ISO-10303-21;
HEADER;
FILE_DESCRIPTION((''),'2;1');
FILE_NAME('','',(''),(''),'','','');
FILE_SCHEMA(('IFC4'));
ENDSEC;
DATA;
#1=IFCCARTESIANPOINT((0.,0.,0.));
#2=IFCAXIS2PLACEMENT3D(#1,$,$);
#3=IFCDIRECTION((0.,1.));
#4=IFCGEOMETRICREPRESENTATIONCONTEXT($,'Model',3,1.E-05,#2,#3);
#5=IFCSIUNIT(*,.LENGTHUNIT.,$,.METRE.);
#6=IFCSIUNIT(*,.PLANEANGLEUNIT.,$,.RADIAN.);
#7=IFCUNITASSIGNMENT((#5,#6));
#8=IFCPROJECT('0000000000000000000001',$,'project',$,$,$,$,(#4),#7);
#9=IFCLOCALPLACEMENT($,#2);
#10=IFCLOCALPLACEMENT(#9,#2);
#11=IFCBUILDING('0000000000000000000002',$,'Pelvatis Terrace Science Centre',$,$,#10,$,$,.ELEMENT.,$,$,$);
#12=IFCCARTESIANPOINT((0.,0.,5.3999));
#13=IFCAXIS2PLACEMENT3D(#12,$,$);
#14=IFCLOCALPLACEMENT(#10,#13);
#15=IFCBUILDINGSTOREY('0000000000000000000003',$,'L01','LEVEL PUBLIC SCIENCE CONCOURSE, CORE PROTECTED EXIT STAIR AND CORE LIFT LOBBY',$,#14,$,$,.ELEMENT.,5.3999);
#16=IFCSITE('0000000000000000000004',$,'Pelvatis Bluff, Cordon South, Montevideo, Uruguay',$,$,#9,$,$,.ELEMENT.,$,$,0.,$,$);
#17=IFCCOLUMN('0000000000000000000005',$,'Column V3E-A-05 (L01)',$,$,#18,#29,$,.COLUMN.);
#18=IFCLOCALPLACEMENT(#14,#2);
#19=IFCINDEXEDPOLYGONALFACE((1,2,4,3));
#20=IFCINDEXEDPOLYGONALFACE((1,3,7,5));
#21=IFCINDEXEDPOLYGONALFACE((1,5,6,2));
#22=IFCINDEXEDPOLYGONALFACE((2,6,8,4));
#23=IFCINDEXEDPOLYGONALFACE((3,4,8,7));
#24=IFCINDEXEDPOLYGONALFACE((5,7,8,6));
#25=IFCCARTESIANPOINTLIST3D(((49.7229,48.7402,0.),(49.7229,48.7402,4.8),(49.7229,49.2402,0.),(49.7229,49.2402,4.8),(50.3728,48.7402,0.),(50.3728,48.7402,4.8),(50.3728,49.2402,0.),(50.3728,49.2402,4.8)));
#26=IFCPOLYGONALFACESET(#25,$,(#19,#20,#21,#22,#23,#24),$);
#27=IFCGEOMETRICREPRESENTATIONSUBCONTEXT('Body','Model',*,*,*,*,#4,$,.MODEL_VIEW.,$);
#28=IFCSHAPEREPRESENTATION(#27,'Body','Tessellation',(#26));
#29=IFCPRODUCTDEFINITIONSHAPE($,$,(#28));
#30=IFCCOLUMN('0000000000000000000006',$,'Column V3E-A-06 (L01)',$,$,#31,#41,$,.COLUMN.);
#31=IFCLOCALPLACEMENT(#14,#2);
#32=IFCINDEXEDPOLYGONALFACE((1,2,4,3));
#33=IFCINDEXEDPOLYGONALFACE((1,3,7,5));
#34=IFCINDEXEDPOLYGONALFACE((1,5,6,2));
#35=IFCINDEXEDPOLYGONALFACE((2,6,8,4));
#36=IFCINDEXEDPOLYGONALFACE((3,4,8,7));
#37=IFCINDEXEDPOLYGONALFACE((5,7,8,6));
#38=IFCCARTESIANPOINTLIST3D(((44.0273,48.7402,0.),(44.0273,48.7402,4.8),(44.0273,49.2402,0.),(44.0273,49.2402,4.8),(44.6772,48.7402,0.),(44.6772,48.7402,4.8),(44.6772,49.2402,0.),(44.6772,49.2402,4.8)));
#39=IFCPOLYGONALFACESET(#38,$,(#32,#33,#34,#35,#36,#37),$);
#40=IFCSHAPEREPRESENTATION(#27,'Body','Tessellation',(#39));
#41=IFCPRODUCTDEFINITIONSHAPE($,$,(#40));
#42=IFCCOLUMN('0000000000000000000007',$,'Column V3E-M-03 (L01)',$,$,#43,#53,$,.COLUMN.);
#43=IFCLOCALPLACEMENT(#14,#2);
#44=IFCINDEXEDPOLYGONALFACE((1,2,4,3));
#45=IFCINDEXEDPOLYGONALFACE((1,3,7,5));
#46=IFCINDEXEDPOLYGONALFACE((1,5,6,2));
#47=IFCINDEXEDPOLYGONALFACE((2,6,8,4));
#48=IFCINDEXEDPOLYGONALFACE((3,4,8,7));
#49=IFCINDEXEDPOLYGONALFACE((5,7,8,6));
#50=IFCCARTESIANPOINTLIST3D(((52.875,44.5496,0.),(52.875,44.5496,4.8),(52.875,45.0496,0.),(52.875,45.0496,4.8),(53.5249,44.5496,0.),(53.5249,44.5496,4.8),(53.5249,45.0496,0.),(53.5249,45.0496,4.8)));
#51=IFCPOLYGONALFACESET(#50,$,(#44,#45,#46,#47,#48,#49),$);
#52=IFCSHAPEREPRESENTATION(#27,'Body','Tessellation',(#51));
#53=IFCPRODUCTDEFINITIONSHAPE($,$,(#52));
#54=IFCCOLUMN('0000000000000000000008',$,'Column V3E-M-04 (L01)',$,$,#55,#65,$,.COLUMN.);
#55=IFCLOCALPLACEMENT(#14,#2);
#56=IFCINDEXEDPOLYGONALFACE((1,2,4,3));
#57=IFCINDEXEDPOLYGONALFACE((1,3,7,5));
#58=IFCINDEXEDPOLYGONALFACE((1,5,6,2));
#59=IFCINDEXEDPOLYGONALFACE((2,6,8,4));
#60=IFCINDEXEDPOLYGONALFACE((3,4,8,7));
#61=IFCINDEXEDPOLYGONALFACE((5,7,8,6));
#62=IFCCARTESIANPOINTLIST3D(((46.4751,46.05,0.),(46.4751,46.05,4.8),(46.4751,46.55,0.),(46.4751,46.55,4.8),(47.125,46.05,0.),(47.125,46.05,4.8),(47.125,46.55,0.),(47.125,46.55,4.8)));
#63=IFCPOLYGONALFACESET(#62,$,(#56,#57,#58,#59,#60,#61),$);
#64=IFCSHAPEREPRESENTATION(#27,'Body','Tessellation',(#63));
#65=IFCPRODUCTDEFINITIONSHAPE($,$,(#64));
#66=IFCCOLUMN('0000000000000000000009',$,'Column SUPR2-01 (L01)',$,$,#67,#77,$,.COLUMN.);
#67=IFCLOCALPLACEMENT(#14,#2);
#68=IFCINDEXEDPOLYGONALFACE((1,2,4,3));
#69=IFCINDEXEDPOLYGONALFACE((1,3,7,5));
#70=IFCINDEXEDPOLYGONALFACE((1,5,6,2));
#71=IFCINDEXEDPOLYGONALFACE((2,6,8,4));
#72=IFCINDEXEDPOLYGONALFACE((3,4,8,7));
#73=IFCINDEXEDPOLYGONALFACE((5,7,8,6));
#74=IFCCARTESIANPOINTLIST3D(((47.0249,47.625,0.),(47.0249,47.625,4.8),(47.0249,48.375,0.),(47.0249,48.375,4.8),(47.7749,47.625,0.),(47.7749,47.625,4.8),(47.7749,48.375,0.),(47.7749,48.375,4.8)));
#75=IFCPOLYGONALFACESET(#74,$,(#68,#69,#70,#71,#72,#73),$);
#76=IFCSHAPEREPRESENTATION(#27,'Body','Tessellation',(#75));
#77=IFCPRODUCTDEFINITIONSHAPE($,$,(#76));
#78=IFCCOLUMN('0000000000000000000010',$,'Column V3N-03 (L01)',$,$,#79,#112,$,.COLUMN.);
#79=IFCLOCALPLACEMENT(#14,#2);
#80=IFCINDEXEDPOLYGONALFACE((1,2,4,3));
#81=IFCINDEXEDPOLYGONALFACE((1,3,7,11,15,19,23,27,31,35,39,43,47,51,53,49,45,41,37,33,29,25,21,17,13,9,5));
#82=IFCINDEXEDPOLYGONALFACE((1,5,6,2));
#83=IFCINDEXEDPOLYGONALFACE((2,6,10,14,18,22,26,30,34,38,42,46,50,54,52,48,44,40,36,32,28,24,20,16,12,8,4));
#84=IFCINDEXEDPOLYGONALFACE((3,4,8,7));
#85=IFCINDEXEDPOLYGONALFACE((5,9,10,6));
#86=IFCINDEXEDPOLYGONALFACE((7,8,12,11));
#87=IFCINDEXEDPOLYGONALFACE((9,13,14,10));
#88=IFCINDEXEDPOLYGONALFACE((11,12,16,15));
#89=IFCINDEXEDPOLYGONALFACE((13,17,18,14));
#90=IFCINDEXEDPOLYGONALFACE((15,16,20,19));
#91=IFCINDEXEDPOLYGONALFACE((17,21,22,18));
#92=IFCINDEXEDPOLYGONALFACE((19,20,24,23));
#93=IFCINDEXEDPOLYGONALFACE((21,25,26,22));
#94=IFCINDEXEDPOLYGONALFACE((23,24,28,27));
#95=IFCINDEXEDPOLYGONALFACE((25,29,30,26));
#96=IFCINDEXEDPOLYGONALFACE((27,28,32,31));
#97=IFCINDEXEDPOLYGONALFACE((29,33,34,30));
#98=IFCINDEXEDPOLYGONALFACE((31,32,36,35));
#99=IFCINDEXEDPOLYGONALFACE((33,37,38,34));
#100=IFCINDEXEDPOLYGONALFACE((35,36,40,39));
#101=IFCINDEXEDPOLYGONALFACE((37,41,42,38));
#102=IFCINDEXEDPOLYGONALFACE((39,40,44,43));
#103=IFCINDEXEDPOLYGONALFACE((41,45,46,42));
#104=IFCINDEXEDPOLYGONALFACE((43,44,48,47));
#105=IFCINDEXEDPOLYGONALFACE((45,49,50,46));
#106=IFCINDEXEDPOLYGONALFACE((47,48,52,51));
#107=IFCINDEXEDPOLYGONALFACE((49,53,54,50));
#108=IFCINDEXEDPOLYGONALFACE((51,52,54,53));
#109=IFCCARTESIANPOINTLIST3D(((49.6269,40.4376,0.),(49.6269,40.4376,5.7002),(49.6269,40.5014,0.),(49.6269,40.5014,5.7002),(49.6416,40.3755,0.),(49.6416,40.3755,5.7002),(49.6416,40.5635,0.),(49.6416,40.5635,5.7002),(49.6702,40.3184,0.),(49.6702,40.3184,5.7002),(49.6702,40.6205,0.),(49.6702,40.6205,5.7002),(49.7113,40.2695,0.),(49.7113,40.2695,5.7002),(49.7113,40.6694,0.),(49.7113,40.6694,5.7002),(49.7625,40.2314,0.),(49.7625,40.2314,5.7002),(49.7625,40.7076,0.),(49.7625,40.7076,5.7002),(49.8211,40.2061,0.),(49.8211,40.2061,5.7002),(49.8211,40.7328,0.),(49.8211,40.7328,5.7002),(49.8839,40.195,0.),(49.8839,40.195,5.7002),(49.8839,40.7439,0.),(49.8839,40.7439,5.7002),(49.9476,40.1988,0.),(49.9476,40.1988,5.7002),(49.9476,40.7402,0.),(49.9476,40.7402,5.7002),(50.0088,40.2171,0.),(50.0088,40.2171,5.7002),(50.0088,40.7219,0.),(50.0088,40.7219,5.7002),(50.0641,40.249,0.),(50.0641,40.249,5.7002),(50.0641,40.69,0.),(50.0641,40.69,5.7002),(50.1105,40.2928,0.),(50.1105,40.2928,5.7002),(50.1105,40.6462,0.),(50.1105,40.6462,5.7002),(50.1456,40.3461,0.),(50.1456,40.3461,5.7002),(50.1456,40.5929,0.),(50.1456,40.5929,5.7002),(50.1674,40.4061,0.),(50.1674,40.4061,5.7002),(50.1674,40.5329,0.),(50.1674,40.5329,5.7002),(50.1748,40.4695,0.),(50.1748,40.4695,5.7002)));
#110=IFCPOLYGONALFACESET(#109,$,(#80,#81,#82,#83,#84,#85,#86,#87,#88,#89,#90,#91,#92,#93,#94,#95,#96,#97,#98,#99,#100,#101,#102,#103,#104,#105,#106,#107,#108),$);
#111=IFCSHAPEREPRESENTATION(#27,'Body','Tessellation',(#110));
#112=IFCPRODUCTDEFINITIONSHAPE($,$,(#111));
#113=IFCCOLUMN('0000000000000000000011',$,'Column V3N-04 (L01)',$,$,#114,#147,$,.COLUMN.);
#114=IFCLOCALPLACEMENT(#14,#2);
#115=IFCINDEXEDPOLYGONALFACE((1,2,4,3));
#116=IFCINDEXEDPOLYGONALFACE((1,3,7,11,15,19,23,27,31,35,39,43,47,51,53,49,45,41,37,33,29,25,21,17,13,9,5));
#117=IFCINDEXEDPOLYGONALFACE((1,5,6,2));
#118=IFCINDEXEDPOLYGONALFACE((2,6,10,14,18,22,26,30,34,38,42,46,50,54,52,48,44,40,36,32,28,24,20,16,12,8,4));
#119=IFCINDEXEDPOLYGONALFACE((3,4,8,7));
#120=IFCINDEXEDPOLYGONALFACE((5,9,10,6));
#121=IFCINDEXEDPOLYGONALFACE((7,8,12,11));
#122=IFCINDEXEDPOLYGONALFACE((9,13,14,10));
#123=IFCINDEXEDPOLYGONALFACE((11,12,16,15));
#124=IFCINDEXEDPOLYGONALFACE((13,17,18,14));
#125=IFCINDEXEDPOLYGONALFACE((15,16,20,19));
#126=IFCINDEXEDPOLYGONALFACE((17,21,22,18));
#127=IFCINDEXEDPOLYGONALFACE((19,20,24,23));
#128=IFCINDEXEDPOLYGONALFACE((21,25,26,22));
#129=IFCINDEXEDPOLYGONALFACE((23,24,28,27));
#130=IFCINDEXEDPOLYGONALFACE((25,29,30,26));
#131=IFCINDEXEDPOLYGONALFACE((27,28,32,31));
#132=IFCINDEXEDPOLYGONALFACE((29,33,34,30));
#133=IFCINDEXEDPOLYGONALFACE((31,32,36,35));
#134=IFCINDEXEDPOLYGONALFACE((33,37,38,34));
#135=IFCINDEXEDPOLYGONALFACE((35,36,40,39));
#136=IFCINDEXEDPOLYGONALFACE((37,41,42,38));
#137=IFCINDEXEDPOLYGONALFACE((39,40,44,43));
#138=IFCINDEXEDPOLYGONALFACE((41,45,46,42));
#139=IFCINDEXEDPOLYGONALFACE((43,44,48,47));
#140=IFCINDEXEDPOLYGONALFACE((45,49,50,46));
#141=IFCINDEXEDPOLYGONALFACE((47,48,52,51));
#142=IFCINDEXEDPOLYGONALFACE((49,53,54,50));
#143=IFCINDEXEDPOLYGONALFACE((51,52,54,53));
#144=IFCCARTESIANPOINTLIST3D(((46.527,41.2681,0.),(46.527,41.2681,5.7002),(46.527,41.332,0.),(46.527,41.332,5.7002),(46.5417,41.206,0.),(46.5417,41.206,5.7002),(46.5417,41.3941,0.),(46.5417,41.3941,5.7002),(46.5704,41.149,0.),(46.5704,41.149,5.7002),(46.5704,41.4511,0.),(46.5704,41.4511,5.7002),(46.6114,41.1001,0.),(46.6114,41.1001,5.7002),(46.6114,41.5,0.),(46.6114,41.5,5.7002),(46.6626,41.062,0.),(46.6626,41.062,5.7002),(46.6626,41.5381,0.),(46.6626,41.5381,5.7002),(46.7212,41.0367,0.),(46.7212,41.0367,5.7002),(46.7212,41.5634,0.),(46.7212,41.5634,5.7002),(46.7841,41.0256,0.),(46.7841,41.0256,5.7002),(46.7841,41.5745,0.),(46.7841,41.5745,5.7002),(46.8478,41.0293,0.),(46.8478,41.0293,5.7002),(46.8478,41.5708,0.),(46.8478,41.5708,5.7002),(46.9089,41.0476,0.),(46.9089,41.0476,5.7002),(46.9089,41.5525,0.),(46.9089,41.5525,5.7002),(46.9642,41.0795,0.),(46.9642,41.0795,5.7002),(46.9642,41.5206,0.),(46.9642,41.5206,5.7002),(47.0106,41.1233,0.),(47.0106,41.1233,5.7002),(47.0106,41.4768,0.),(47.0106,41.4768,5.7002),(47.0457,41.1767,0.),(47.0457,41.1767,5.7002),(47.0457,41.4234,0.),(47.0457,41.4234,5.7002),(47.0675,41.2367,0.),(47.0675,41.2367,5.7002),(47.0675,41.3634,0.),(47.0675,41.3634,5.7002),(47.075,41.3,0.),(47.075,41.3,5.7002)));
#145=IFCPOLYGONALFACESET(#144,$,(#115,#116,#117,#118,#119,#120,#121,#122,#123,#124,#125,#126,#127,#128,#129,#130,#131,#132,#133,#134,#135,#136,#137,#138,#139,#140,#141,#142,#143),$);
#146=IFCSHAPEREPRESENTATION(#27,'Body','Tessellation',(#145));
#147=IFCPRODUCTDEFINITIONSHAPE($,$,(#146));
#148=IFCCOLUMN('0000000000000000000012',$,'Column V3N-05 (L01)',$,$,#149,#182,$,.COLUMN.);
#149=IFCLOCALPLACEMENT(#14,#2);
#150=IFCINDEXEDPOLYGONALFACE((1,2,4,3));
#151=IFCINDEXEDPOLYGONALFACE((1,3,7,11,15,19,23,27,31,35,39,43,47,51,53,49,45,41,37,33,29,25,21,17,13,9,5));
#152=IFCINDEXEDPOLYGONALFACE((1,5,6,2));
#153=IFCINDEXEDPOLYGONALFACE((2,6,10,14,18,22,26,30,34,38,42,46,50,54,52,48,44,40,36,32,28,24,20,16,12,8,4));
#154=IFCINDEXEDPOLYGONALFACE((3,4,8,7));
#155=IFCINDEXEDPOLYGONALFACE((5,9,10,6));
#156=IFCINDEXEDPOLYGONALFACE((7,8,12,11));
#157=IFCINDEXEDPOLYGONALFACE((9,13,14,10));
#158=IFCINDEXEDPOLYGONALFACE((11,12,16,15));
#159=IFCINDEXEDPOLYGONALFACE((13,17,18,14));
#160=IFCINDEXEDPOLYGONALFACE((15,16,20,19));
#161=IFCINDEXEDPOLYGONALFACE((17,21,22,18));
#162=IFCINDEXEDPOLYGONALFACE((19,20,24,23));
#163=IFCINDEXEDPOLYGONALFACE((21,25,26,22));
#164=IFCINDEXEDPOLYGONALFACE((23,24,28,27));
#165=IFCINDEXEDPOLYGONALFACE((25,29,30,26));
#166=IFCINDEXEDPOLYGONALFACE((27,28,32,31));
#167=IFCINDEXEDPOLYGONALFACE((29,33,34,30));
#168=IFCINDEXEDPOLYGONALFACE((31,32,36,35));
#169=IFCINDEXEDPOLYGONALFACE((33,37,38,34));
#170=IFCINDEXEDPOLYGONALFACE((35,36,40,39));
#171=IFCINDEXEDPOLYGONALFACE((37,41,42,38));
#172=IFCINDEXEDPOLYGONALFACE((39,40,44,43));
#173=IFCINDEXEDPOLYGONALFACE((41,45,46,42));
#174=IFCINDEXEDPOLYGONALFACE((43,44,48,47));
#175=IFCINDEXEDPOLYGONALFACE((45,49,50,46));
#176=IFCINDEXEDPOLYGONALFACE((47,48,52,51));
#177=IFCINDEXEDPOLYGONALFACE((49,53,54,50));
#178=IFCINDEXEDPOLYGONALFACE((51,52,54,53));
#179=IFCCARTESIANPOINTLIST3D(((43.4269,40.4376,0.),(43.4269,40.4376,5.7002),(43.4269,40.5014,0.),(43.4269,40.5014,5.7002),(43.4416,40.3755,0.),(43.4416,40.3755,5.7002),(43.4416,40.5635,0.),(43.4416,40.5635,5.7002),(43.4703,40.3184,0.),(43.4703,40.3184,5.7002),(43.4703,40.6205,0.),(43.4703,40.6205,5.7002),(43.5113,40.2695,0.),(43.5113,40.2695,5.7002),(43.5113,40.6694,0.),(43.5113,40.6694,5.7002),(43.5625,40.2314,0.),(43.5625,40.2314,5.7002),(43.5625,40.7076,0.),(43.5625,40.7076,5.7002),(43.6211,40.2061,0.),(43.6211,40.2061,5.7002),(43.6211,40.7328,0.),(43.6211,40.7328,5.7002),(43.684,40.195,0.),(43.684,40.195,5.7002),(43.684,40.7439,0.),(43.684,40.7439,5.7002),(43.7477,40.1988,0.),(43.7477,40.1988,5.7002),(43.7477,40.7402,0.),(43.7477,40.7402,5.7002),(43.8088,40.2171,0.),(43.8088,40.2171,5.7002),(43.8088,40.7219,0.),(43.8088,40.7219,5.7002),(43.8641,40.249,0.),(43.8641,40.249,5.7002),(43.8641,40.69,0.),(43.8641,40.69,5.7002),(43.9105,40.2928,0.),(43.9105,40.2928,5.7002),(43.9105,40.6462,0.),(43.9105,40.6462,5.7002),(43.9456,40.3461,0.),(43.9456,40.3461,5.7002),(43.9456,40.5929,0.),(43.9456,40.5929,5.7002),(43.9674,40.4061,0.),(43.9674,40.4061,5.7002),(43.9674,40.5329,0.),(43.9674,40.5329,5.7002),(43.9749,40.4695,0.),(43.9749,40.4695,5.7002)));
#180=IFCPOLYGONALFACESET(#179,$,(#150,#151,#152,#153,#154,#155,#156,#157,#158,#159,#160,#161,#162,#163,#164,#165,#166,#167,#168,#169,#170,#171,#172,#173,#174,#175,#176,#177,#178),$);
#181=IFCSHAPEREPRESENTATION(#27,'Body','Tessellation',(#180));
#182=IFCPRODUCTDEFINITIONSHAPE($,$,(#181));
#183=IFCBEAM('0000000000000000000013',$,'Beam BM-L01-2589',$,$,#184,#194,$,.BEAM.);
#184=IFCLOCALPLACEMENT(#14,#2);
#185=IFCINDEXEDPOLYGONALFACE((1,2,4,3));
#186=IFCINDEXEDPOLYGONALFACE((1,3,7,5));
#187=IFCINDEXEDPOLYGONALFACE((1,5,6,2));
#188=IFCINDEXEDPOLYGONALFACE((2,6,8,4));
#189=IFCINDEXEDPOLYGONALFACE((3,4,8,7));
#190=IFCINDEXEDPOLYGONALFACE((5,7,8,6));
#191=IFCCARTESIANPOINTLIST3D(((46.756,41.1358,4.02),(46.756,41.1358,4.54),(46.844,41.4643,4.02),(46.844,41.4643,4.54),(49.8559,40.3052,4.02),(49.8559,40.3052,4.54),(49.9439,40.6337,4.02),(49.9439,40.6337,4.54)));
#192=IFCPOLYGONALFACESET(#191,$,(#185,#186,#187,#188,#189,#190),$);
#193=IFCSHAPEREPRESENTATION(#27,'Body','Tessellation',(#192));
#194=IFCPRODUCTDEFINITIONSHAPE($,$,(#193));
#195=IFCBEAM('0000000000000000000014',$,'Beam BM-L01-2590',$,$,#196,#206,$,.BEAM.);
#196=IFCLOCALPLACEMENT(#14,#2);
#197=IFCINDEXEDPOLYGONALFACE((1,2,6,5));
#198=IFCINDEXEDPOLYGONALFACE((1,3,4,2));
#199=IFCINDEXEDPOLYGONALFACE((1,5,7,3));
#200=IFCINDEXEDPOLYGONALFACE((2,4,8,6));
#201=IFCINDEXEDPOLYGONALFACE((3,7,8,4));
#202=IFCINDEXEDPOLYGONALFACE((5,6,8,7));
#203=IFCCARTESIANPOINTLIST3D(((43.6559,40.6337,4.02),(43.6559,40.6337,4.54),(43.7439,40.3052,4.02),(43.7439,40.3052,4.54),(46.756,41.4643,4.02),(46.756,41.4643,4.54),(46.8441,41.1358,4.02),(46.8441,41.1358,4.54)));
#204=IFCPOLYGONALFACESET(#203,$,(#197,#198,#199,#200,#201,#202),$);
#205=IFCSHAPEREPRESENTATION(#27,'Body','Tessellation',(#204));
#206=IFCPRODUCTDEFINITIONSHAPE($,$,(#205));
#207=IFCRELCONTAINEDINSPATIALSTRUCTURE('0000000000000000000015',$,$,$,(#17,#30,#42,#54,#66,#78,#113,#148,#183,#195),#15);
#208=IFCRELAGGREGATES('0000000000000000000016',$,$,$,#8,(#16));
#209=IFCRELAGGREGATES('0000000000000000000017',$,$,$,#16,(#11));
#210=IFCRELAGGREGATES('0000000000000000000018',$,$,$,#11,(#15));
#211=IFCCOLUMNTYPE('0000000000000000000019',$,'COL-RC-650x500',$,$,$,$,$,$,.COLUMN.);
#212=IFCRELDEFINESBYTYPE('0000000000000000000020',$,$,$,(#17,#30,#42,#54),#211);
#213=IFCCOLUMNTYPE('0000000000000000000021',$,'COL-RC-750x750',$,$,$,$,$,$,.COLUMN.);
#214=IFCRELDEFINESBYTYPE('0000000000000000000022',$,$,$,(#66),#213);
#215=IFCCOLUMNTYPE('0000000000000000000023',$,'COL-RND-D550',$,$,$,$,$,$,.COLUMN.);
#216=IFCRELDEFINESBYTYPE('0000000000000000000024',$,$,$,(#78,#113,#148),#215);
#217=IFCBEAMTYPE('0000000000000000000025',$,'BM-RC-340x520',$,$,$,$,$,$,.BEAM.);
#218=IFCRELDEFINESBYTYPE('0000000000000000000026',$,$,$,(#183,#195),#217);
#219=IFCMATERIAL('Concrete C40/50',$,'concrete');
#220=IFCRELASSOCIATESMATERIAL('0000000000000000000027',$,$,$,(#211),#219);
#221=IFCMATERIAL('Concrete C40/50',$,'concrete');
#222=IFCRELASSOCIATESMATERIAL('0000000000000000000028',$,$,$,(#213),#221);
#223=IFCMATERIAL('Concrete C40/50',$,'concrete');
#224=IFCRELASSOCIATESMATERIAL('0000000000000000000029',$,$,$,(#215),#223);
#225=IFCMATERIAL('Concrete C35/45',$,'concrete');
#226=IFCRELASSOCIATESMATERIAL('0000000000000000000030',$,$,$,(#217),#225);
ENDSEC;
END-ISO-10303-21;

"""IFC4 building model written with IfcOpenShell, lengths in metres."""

from ifc_helpers import new_model, si_unit, direction, frame, origin, origin_2d, place, context, subcontext, project, spatial, rectangle, circle, extrude, material, material_profile, profile_set, type_object, element, save


model = new_model("IFC4")

# Units and contexts
model_context = context("Model", 3, precision=1e-05, world=origin(), true_north=direction((0.0, 1.0)))
body_context = subcontext(model_context, "Body", "Model", "MODEL_VIEW")
ifc_project = project(units=[si_unit("LENGTHUNIT", "METRE"), si_unit("PLANEANGLEUNIT", "RADIAN")], contexts=[model_context])

# Site, building, storey
site_placement = place(None, origin())
site = spatial("IfcSite", under=ifc_project, at=site_placement, Name="Pelvatis Bluff, Cordon South, Montevideo, Uruguay", CompositionType="ELEMENT", RefElevation=0.0)
building_placement = place(site_placement, origin())
building = spatial("IfcBuilding", under=site, at=building_placement, Name="Pelvatis Terrace Science Centre", CompositionType="ELEMENT")
storey_placement = place(building_placement, frame((0.0, 0.0, 5.3999)))
storey = spatial("IfcBuildingStorey", under=building, at=storey_placement, Name="L01", Description="LEVEL PUBLIC SCIENCE CONCOURSE, CORE PROTECTED EXIT STAIR AND CORE LIFT LOBBY", CompositionType="ELEMENT", Elevation=5.3999)

# Columns
ifc_material_1 = material(Name="Concrete C40/50", Category="concrete")
ifc_material_profile_1 = material_profile(ifc_material_1, rectangle(XDim=0.6499, YDim=0.5, at=origin_2d()), Name="RC-COL 650x500")
ifc_profile_set_1 = profile_set([ifc_material_profile_1], Name="Concrete C40/50")
column_type_1 = type_object("IfcColumnType", Name="COL-RC-650x500", PredefinedType="COLUMN", material=ifc_profile_set_1)
for number, where, z_axis, x_axis, name in (
    (1, (50.0479, 48.9902, 0.0), (0.0, 0.0, 1.0), (1.0, 0.0, 0.0), "Column V3E-A-05 (L01)"),
    (2, (44.3523, 48.9902, 0.0), (0.0, 0.0, 1.0), (1.0, 0.0, 0.0), "Column V3E-A-06 (L01)"),
    (3, (53.2, 44.7996, 0.0), (0.0, 0.0, 1.0), (1.0, 0.0, 0.0), "Column V3E-M-03 (L01)"),
    (4, (46.8, 46.3, 0.0), (0.0, 0.0, 1.0), (1.0, 0.0, 0.0), "Column V3E-M-04 (L01)"),
):
    element("IfcColumn", number, at=place(storey_placement, frame(where, z_axis=z_axis, x_axis=x_axis)), inside=storey, type_object=column_type_1, Name=name, PredefinedType="COLUMN", context=body_context, shape_type="SweptSolid", body=[
        extrude(rectangle(XDim=0.6499, YDim=0.5, at=origin_2d()), origin(), (0.0, 0.0, 1.0), 4.8),
    ])
ifc_material_2 = material(Name="Concrete C40/50", Category="concrete")
ifc_material_profile_2 = material_profile(ifc_material_2, rectangle(XDim=0.75, YDim=0.75, at=origin_2d()), Name="RC-COL 750x750")
ifc_profile_set_2 = profile_set([ifc_material_profile_2], Name="Concrete C40/50")
column_type_2 = type_object("IfcColumnType", Name="COL-RC-750x750", PredefinedType="COLUMN", material=ifc_profile_set_2)
column_placement = place(storey_placement, frame((47.3999, 48.0, 0.0), z_axis=(0.0, 0.0, 1.0), x_axis=(1.0, 0.0, 0.0)))
element("IfcColumn", 5, at=column_placement, inside=storey, type_object=column_type_2, Name="Column SUPR2-01 (L01)", PredefinedType="COLUMN", context=body_context, shape_type="SweptSolid", body=[
    extrude(rectangle(XDim=0.75, YDim=0.75, at=origin_2d()), origin(), (0.0, 0.0, 1.0), 4.8),
])
ifc_material_3 = material(Name="Concrete C40/50", Category="concrete")
ifc_material_profile_3 = material_profile(ifc_material_3, circle(Radius=0.2749, at=origin_2d()), Name="RC-RCOL D550")
ifc_profile_set_3 = profile_set([ifc_material_profile_3], Name="Concrete C40/50")
column_type_3 = type_object("IfcColumnType", Name="COL-RND-D550", PredefinedType="COLUMN", material=ifc_profile_set_3)
for number, where, z_axis, x_axis, name in (
    (6, (49.8999, 40.4695, 0.0), (0.0, 0.0, 1.0), (1.0, 0.0, 0.0), "Column V3N-03 (L01)"),
    (7, (46.8, 41.3, 0.0), (0.0, 0.0, 1.0), (1.0, 0.0, 0.0), "Column V3N-04 (L01)"),
    (8, (43.7, 40.4695, 0.0), (0.0, 0.0, 1.0), (1.0, 0.0, 0.0), "Column V3N-05 (L01)"),
):
    element("IfcColumn", number, at=place(storey_placement, frame(where, z_axis=z_axis, x_axis=x_axis)), inside=storey, type_object=column_type_3, Name=name, PredefinedType="COLUMN", context=body_context, shape_type="SweptSolid", body=[
        extrude(circle(Radius=0.2749, at=origin_2d()), origin(), (0.0, 0.0, 1.0), 5.7002),
    ])

# Beams
ifc_material_4 = material(Name="Concrete C35/45", Category="concrete")
ifc_material_profile_4 = material_profile(ifc_material_4, rectangle(XDim=0.3401, YDim=0.52, at=origin_2d()), Name="RC-BM 340x520")
ifc_profile_set_4 = profile_set([ifc_material_profile_4], Name="Concrete C35/45")
beam_type_1 = type_object("IfcBeamType", Name="BM-RC-340x520", PredefinedType="BEAM", material=ifc_profile_set_4)
beam_1_placement = place(storey_placement, frame((49.8999, 40.4695, 4.28), z_axis=(-0.965929, 0.258808, 0.0), x_axis=(-0.258808, -0.965929, 0.0)))
element("IfcBeam", 9, at=beam_1_placement, inside=storey, type_object=beam_type_1, Name="Beam BM-L01-2589", PredefinedType="BEAM", context=body_context, shape_type="SweptSolid", body=[
    extrude(rectangle(XDim=0.3401, YDim=0.52, at=origin_2d()), origin(), (0.0, 0.0, 1.0), 3.2092),
])
beam_2_placement = place(storey_placement, frame((46.8, 41.3, 4.28), z_axis=(-0.965934, -0.258789, 0.0), x_axis=(0.258789, -0.965934, 0.0)))
element("IfcBeam", 10, at=beam_2_placement, inside=storey, type_object=beam_type_1, Name="Beam BM-L01-2590", PredefinedType="BEAM", context=body_context, shape_type="SweptSolid", body=[
    extrude(rectangle(XDim=0.3401, YDim=0.52, at=origin_2d()), origin(), (0.0, 0.0, 1.0), 3.2095),
])

save(model, "model.ifc")
